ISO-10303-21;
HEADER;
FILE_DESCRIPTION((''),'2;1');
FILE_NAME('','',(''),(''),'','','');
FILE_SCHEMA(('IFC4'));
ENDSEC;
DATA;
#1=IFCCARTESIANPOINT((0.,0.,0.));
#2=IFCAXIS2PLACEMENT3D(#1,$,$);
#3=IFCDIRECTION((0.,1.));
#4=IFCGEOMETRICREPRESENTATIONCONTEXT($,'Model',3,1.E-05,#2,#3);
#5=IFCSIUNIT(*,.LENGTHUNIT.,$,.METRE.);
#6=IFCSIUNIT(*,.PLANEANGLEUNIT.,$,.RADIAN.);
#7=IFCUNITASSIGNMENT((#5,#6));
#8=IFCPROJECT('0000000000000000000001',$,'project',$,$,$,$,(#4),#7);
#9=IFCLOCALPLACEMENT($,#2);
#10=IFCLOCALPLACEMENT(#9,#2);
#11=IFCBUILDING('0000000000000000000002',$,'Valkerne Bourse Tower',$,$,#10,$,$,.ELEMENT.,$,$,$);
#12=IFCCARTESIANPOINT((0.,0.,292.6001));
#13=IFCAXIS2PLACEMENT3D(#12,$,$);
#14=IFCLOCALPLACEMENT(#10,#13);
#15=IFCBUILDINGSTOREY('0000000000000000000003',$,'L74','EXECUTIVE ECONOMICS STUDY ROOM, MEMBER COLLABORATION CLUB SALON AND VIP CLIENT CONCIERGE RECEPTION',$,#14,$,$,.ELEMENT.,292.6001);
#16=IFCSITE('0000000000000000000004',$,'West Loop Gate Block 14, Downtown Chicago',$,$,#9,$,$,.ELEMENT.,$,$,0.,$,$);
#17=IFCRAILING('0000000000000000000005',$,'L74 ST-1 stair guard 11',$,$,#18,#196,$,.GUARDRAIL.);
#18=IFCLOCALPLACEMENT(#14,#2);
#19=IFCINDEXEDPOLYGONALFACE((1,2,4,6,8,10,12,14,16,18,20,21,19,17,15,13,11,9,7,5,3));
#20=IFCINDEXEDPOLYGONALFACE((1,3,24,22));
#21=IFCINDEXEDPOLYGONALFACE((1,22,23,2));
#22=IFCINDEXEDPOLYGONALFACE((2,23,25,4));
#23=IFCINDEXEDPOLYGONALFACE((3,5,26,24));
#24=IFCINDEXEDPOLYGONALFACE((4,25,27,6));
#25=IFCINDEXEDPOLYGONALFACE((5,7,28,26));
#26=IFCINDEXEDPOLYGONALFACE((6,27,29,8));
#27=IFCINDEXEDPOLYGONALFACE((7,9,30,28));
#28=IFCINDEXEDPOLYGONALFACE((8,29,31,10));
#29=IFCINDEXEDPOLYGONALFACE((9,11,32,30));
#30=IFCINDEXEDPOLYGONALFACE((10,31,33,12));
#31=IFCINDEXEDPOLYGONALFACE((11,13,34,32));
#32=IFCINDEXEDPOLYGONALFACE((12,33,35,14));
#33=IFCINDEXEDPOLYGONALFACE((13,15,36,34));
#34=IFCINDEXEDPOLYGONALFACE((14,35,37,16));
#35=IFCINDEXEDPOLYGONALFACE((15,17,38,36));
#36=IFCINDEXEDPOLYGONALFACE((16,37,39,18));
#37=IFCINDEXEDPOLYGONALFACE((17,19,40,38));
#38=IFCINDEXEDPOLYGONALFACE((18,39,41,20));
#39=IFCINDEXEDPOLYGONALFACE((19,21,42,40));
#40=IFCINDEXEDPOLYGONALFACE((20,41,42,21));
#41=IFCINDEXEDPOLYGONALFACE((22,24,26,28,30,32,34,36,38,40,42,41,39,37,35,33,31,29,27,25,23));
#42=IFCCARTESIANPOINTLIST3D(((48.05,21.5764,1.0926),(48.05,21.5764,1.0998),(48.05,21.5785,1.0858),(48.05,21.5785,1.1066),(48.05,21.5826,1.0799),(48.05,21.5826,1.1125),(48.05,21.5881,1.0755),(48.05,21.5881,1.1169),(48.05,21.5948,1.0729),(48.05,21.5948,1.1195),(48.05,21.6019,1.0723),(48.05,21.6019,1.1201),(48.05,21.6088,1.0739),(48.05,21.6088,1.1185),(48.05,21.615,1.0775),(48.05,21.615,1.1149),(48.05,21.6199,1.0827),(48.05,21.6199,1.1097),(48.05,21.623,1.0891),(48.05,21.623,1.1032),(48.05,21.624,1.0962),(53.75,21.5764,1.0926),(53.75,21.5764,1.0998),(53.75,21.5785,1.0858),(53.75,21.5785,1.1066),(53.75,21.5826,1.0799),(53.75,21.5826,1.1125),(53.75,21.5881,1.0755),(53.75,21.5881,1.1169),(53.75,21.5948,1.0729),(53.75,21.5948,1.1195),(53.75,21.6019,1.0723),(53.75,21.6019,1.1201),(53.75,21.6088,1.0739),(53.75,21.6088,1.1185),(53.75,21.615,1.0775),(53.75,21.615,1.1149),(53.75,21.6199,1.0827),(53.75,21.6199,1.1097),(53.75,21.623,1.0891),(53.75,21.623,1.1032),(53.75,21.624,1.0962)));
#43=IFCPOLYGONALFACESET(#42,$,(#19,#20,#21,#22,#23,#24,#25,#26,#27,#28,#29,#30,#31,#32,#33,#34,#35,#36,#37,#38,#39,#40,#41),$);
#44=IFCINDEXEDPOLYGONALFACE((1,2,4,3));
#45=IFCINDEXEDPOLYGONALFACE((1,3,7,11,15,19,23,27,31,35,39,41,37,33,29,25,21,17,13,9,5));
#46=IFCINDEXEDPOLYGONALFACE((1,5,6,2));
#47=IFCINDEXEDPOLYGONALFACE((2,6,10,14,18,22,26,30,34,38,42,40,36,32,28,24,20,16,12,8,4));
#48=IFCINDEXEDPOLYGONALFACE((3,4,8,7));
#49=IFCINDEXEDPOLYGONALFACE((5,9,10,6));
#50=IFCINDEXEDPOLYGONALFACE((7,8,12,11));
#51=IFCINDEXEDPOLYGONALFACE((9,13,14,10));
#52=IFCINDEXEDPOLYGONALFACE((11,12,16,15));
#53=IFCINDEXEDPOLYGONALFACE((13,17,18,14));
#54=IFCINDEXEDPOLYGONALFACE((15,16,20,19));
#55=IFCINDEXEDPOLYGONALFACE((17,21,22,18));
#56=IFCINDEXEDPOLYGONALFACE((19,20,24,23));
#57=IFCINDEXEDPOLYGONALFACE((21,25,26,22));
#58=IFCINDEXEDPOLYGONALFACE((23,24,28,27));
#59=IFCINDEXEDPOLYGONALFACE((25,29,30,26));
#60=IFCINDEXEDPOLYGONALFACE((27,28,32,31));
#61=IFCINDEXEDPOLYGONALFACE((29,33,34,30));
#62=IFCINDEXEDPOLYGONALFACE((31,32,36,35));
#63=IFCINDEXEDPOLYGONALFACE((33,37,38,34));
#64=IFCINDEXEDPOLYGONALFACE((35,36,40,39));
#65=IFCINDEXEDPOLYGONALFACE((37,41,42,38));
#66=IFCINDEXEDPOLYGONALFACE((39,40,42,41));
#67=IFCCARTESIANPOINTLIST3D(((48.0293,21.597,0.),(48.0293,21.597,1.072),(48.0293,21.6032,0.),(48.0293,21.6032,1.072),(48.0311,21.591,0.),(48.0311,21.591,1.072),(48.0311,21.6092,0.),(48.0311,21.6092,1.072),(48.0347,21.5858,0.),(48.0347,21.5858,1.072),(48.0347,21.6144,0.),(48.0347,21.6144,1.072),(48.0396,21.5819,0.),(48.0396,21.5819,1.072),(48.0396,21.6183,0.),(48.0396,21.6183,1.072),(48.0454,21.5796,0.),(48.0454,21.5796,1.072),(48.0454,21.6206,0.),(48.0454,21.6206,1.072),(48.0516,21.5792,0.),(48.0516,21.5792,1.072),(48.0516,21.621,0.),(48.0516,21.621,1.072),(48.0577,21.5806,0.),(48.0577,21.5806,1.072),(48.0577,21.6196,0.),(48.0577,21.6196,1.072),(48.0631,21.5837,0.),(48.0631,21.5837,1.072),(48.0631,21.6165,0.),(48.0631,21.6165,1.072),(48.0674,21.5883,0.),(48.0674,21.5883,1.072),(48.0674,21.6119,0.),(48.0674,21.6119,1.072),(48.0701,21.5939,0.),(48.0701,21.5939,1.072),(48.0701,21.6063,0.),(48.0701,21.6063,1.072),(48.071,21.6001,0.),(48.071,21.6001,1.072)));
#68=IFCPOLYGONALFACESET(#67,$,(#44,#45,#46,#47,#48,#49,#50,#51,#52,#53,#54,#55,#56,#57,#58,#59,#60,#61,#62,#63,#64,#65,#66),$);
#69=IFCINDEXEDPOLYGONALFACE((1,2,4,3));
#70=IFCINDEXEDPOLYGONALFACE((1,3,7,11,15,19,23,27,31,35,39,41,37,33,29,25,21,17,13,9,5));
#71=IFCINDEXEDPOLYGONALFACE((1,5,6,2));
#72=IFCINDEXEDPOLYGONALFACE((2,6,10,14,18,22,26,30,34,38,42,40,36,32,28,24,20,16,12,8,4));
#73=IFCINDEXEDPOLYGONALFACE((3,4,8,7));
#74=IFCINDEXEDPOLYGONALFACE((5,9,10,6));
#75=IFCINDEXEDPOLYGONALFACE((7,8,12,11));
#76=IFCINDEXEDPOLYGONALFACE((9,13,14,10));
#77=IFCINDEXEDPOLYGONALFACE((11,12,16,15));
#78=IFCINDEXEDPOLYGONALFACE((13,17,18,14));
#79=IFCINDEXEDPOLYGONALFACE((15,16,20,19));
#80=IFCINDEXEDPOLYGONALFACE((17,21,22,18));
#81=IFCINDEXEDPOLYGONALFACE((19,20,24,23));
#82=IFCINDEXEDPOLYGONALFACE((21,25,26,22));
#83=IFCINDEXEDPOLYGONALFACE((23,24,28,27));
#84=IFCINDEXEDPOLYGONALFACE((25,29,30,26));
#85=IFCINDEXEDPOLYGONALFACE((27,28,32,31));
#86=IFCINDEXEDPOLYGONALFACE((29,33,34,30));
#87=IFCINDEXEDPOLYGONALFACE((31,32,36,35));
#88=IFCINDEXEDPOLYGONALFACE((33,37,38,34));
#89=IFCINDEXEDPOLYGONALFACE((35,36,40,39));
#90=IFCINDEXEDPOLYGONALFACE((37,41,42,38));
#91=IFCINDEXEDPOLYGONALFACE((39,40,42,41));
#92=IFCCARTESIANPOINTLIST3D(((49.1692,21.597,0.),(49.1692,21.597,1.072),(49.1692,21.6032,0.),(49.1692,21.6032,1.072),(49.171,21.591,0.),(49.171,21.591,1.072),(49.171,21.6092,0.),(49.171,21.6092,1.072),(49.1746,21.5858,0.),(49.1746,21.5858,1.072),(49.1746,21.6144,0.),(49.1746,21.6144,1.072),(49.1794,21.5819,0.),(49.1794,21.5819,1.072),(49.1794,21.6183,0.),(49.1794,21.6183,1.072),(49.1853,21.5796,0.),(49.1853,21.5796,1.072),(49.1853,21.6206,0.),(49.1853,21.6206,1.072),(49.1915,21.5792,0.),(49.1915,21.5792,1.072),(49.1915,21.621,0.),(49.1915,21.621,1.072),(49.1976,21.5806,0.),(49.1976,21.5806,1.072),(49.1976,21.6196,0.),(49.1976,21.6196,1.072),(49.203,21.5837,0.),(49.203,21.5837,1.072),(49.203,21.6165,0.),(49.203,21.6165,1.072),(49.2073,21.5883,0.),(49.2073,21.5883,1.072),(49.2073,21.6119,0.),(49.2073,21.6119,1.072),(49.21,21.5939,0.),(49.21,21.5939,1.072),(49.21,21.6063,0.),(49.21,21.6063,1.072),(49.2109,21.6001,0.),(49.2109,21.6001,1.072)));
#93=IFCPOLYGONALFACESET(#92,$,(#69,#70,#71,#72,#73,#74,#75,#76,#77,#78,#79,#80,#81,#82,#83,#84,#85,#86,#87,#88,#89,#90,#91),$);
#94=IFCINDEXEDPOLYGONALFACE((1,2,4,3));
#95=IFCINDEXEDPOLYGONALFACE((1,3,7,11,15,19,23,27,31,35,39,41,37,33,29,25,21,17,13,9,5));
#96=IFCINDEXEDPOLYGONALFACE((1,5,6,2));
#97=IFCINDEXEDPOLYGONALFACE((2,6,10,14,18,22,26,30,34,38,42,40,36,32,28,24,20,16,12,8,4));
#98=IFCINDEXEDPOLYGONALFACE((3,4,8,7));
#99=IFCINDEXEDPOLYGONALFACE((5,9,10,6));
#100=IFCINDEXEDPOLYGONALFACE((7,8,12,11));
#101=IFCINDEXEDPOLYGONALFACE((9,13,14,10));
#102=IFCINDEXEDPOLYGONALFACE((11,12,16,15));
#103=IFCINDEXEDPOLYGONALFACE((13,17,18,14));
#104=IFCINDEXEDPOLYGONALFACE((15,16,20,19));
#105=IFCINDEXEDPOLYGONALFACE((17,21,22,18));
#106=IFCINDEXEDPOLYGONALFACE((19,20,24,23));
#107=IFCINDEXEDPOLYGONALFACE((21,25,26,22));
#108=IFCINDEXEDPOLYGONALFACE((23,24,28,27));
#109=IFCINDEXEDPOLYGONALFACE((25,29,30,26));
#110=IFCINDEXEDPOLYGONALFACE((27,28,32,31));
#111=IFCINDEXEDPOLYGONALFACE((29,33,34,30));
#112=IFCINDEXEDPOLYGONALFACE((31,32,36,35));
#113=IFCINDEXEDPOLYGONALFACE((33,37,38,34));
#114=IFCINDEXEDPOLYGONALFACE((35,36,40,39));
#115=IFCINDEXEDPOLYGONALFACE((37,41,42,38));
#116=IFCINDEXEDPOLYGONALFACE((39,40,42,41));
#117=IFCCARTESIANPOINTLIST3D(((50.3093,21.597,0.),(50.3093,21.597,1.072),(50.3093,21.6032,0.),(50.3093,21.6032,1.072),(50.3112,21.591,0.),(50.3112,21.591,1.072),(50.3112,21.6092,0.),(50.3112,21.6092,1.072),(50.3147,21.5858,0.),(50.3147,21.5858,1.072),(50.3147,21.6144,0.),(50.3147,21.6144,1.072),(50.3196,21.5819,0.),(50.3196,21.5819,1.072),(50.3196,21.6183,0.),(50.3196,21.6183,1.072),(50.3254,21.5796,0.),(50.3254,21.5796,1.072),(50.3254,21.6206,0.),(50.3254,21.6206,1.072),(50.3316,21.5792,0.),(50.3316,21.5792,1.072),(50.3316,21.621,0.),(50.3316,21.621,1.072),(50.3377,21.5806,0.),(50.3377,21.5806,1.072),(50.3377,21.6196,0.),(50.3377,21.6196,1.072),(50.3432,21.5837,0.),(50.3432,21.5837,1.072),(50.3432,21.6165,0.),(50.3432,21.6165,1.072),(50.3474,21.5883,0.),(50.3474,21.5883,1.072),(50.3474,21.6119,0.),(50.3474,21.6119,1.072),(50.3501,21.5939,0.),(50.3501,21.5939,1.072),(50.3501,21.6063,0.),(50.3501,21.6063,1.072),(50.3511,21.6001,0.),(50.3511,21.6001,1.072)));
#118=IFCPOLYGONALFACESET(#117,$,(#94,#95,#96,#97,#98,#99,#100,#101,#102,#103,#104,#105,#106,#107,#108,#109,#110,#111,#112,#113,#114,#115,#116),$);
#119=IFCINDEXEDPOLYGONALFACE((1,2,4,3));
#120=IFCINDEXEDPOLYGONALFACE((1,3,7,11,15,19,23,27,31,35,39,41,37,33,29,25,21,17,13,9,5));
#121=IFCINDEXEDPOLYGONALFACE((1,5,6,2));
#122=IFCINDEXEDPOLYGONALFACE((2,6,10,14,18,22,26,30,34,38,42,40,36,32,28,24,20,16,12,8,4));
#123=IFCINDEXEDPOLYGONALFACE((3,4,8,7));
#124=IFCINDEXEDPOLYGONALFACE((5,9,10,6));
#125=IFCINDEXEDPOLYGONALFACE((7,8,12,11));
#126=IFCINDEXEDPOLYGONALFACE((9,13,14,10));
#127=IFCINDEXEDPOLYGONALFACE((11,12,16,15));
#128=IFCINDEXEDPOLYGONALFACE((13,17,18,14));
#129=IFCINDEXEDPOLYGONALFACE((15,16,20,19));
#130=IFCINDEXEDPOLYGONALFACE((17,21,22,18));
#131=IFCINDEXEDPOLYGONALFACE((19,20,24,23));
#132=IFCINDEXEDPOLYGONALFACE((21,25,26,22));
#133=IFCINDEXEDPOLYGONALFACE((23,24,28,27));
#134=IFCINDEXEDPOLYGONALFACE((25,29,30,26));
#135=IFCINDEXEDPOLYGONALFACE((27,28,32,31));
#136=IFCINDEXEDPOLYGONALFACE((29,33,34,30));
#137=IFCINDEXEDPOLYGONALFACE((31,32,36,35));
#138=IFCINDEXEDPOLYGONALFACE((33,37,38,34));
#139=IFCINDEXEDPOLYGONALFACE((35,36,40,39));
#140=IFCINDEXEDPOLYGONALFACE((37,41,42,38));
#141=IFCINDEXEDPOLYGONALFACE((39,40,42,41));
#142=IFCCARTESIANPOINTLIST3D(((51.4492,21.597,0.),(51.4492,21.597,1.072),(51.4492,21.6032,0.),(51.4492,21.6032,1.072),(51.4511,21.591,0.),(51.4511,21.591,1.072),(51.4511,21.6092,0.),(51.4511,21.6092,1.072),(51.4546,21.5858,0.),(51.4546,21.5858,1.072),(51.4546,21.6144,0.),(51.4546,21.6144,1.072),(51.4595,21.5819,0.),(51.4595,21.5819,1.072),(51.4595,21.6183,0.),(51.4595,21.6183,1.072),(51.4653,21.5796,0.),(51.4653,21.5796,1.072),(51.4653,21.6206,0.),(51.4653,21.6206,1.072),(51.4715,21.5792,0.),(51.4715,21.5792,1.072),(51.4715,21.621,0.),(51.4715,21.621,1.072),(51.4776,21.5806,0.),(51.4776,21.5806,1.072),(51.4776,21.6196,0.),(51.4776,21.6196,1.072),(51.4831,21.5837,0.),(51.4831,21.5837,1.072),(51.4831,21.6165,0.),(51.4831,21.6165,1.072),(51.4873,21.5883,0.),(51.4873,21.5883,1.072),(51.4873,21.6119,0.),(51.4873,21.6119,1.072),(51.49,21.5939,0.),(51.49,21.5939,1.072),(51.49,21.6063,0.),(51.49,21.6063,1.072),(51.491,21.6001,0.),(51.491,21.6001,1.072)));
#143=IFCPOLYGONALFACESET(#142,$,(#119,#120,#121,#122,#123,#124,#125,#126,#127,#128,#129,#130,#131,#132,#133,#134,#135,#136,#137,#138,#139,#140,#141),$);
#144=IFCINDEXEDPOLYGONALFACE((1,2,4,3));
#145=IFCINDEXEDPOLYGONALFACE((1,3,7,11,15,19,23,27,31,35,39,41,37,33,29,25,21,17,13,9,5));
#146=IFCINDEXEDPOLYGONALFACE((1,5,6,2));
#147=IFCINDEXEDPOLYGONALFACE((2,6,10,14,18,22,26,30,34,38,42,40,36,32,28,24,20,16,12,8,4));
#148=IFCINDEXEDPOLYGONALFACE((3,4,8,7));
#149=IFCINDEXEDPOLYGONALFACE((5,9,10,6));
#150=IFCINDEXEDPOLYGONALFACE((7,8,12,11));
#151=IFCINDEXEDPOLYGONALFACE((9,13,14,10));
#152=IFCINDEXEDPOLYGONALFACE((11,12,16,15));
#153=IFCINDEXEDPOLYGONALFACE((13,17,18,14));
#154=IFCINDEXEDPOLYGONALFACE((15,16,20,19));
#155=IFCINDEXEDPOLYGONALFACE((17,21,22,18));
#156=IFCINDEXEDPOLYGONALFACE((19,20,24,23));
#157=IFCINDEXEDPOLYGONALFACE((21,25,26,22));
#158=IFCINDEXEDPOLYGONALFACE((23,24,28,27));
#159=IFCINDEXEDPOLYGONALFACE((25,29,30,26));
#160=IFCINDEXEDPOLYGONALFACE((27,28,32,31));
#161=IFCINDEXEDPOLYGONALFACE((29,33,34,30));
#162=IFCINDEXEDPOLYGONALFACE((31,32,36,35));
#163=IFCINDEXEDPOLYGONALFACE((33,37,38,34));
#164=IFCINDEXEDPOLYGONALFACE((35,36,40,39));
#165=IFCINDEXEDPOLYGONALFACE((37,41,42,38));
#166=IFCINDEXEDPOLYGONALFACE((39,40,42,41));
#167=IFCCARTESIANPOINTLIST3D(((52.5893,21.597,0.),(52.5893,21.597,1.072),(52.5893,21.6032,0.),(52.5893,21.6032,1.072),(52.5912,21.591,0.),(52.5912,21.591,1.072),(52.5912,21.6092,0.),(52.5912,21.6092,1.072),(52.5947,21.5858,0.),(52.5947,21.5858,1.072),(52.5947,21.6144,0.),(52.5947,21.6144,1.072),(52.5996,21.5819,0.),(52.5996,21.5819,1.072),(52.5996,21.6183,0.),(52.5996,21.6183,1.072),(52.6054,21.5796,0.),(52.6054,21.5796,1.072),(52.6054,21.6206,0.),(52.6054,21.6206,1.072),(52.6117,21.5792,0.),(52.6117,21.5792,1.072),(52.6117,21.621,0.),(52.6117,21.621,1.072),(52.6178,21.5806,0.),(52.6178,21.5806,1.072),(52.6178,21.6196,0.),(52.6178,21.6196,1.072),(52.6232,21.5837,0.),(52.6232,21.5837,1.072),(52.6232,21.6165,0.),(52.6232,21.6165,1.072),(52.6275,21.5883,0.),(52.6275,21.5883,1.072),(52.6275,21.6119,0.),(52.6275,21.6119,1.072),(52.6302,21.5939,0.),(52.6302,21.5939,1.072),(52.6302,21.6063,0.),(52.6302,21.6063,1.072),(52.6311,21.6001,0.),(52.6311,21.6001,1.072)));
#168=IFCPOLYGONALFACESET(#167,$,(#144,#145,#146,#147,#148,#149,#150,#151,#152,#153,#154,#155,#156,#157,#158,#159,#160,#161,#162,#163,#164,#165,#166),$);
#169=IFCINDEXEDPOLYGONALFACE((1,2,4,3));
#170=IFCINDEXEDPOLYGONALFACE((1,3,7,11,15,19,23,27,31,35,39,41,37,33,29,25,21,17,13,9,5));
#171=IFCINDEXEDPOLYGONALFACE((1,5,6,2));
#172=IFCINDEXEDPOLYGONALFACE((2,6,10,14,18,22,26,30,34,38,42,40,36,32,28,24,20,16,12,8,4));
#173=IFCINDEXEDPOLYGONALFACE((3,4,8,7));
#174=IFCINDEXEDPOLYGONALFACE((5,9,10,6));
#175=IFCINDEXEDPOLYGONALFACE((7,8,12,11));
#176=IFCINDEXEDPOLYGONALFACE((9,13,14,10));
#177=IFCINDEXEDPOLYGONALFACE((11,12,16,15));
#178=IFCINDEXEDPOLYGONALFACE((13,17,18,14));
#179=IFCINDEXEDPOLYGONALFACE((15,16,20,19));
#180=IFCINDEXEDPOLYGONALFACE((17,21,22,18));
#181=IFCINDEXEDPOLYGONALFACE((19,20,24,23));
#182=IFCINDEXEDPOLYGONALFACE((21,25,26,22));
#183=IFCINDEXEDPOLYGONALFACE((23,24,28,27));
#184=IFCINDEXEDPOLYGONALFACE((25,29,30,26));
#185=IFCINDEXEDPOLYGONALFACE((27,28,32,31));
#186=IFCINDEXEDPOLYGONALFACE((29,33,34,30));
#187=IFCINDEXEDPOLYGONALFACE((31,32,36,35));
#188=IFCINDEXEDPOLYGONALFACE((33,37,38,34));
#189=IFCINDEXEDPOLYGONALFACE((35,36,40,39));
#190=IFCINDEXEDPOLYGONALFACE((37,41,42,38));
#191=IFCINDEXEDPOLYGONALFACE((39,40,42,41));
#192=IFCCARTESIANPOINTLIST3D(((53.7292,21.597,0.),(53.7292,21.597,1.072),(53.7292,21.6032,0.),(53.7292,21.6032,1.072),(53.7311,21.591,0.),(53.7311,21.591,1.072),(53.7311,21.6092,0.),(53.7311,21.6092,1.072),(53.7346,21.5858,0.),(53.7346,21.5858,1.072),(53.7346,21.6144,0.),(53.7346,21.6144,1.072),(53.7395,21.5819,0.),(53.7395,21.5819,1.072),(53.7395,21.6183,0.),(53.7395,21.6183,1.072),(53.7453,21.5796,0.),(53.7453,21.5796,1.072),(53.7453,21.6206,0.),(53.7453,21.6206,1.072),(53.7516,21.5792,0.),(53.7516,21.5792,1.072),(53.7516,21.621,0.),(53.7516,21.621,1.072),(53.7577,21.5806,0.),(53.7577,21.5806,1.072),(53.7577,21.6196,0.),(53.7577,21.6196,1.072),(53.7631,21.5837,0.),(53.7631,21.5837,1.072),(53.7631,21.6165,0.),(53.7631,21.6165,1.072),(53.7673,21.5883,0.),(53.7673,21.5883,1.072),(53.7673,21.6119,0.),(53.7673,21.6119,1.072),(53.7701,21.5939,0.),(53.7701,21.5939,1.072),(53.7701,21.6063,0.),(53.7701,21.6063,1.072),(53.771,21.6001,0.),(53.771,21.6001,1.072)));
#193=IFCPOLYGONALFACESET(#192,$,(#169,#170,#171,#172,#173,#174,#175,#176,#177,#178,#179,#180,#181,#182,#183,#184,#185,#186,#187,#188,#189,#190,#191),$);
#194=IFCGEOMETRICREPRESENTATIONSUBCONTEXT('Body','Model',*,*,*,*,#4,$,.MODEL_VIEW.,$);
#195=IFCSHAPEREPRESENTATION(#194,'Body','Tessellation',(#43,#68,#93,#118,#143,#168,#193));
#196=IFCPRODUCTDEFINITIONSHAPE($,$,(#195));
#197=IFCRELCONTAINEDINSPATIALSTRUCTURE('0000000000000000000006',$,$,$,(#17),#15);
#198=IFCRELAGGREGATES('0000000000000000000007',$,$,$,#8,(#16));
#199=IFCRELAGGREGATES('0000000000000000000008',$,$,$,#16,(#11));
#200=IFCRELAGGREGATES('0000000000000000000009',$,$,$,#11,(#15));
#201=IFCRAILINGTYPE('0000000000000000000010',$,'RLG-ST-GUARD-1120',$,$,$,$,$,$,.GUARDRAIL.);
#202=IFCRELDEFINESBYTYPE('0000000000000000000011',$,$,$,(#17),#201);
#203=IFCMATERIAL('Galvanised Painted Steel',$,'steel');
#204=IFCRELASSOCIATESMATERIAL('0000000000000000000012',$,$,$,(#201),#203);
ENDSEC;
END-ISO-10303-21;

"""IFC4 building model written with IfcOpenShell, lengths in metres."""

from ifc_helpers import new_model, si_unit, direction, frame, origin, origin_2d, place, context, subcontext, project, spatial, circle, extrude, material, type_object, element, save


model = new_model("IFC4")

# Units and contexts
model_context = context("Model", 3, precision=1e-05, world=origin(), true_north=direction((0.0, 1.0)))
body_context = subcontext(model_context, "Body", "Model", "MODEL_VIEW")
ifc_project = project(units=[si_unit("LENGTHUNIT", "METRE"), si_unit("PLANEANGLEUNIT", "RADIAN")], contexts=[model_context])

# Site, building, storey
site_placement = place(None, origin())
site = spatial("IfcSite", under=ifc_project, at=site_placement, Name="West Loop Gate Block 14, Downtown Chicago", CompositionType="ELEMENT", RefElevation=0.0)
building_placement = place(site_placement, origin())
building = spatial("IfcBuilding", under=site, at=building_placement, Name="Valkerne Bourse Tower", CompositionType="ELEMENT")
storey_placement = place(building_placement, frame((0.0, 0.0, 292.6001)))
storey = spatial("IfcBuildingStorey", under=building, at=storey_placement, Name="L74", Description="EXECUTIVE ECONOMICS STUDY ROOM, MEMBER COLLABORATION CLUB SALON AND VIP CLIENT CONCIERGE RECEPTION", CompositionType="ELEMENT", Elevation=292.6001)

# Shared definitions
ifc_material_1 = material(Name="Galvanised Painted Steel", Category="steel")

# Railing
railing_type_1 = type_object("IfcRailingType", Name="RLG-ST-GUARD-1120", PredefinedType="GUARDRAIL", material=ifc_material_1)
for number, where, name in (
    (1, (48.05, 21.6001, 0.0), "L74 ST-1 stair guard 11"),
):
    element("IfcRailing", number, at=place(storey_placement, frame(where)), inside=storey, type_object=railing_type_1, Name=name, PredefinedType="GUARDRAIL", context=body_context, shape_type="SweptSolid", body=[
        extrude(circle(Radius=0.0239, at=origin_2d()), frame((0.0, 0.0, 1.0962), z_axis=(1.0, 0.0, 0.0), x_axis=(0.0, 1.0, 0.0)), (0.0, 0.0, 1.0), 5.7),
        extrude(circle(Radius=0.021, at=origin_2d()), origin(), (0.0, 0.0, 1.0), 1.072),
        extrude(circle(Radius=0.021, at=origin_2d()), frame((1.1399, 0.0, 0.0)), (0.0, 0.0, 1.0), 1.072),
        extrude(circle(Radius=0.021, at=origin_2d()), frame((2.28, 0.0, 0.0)), (0.0, 0.0, 1.0), 1.072),
        extrude(circle(Radius=0.021, at=origin_2d()), frame((3.4199, 0.0, 0.0)), (0.0, 0.0, 1.0), 1.072),
        extrude(circle(Radius=0.021, at=origin_2d()), frame((4.5601, 0.0, 0.0)), (0.0, 0.0, 1.0), 1.072),
        extrude(circle(Radius=0.021, at=origin_2d()), frame((5.7, 0.0, 0.0)), (0.0, 0.0, 1.0), 1.072),
    ])

save(model, "model.ifc")
